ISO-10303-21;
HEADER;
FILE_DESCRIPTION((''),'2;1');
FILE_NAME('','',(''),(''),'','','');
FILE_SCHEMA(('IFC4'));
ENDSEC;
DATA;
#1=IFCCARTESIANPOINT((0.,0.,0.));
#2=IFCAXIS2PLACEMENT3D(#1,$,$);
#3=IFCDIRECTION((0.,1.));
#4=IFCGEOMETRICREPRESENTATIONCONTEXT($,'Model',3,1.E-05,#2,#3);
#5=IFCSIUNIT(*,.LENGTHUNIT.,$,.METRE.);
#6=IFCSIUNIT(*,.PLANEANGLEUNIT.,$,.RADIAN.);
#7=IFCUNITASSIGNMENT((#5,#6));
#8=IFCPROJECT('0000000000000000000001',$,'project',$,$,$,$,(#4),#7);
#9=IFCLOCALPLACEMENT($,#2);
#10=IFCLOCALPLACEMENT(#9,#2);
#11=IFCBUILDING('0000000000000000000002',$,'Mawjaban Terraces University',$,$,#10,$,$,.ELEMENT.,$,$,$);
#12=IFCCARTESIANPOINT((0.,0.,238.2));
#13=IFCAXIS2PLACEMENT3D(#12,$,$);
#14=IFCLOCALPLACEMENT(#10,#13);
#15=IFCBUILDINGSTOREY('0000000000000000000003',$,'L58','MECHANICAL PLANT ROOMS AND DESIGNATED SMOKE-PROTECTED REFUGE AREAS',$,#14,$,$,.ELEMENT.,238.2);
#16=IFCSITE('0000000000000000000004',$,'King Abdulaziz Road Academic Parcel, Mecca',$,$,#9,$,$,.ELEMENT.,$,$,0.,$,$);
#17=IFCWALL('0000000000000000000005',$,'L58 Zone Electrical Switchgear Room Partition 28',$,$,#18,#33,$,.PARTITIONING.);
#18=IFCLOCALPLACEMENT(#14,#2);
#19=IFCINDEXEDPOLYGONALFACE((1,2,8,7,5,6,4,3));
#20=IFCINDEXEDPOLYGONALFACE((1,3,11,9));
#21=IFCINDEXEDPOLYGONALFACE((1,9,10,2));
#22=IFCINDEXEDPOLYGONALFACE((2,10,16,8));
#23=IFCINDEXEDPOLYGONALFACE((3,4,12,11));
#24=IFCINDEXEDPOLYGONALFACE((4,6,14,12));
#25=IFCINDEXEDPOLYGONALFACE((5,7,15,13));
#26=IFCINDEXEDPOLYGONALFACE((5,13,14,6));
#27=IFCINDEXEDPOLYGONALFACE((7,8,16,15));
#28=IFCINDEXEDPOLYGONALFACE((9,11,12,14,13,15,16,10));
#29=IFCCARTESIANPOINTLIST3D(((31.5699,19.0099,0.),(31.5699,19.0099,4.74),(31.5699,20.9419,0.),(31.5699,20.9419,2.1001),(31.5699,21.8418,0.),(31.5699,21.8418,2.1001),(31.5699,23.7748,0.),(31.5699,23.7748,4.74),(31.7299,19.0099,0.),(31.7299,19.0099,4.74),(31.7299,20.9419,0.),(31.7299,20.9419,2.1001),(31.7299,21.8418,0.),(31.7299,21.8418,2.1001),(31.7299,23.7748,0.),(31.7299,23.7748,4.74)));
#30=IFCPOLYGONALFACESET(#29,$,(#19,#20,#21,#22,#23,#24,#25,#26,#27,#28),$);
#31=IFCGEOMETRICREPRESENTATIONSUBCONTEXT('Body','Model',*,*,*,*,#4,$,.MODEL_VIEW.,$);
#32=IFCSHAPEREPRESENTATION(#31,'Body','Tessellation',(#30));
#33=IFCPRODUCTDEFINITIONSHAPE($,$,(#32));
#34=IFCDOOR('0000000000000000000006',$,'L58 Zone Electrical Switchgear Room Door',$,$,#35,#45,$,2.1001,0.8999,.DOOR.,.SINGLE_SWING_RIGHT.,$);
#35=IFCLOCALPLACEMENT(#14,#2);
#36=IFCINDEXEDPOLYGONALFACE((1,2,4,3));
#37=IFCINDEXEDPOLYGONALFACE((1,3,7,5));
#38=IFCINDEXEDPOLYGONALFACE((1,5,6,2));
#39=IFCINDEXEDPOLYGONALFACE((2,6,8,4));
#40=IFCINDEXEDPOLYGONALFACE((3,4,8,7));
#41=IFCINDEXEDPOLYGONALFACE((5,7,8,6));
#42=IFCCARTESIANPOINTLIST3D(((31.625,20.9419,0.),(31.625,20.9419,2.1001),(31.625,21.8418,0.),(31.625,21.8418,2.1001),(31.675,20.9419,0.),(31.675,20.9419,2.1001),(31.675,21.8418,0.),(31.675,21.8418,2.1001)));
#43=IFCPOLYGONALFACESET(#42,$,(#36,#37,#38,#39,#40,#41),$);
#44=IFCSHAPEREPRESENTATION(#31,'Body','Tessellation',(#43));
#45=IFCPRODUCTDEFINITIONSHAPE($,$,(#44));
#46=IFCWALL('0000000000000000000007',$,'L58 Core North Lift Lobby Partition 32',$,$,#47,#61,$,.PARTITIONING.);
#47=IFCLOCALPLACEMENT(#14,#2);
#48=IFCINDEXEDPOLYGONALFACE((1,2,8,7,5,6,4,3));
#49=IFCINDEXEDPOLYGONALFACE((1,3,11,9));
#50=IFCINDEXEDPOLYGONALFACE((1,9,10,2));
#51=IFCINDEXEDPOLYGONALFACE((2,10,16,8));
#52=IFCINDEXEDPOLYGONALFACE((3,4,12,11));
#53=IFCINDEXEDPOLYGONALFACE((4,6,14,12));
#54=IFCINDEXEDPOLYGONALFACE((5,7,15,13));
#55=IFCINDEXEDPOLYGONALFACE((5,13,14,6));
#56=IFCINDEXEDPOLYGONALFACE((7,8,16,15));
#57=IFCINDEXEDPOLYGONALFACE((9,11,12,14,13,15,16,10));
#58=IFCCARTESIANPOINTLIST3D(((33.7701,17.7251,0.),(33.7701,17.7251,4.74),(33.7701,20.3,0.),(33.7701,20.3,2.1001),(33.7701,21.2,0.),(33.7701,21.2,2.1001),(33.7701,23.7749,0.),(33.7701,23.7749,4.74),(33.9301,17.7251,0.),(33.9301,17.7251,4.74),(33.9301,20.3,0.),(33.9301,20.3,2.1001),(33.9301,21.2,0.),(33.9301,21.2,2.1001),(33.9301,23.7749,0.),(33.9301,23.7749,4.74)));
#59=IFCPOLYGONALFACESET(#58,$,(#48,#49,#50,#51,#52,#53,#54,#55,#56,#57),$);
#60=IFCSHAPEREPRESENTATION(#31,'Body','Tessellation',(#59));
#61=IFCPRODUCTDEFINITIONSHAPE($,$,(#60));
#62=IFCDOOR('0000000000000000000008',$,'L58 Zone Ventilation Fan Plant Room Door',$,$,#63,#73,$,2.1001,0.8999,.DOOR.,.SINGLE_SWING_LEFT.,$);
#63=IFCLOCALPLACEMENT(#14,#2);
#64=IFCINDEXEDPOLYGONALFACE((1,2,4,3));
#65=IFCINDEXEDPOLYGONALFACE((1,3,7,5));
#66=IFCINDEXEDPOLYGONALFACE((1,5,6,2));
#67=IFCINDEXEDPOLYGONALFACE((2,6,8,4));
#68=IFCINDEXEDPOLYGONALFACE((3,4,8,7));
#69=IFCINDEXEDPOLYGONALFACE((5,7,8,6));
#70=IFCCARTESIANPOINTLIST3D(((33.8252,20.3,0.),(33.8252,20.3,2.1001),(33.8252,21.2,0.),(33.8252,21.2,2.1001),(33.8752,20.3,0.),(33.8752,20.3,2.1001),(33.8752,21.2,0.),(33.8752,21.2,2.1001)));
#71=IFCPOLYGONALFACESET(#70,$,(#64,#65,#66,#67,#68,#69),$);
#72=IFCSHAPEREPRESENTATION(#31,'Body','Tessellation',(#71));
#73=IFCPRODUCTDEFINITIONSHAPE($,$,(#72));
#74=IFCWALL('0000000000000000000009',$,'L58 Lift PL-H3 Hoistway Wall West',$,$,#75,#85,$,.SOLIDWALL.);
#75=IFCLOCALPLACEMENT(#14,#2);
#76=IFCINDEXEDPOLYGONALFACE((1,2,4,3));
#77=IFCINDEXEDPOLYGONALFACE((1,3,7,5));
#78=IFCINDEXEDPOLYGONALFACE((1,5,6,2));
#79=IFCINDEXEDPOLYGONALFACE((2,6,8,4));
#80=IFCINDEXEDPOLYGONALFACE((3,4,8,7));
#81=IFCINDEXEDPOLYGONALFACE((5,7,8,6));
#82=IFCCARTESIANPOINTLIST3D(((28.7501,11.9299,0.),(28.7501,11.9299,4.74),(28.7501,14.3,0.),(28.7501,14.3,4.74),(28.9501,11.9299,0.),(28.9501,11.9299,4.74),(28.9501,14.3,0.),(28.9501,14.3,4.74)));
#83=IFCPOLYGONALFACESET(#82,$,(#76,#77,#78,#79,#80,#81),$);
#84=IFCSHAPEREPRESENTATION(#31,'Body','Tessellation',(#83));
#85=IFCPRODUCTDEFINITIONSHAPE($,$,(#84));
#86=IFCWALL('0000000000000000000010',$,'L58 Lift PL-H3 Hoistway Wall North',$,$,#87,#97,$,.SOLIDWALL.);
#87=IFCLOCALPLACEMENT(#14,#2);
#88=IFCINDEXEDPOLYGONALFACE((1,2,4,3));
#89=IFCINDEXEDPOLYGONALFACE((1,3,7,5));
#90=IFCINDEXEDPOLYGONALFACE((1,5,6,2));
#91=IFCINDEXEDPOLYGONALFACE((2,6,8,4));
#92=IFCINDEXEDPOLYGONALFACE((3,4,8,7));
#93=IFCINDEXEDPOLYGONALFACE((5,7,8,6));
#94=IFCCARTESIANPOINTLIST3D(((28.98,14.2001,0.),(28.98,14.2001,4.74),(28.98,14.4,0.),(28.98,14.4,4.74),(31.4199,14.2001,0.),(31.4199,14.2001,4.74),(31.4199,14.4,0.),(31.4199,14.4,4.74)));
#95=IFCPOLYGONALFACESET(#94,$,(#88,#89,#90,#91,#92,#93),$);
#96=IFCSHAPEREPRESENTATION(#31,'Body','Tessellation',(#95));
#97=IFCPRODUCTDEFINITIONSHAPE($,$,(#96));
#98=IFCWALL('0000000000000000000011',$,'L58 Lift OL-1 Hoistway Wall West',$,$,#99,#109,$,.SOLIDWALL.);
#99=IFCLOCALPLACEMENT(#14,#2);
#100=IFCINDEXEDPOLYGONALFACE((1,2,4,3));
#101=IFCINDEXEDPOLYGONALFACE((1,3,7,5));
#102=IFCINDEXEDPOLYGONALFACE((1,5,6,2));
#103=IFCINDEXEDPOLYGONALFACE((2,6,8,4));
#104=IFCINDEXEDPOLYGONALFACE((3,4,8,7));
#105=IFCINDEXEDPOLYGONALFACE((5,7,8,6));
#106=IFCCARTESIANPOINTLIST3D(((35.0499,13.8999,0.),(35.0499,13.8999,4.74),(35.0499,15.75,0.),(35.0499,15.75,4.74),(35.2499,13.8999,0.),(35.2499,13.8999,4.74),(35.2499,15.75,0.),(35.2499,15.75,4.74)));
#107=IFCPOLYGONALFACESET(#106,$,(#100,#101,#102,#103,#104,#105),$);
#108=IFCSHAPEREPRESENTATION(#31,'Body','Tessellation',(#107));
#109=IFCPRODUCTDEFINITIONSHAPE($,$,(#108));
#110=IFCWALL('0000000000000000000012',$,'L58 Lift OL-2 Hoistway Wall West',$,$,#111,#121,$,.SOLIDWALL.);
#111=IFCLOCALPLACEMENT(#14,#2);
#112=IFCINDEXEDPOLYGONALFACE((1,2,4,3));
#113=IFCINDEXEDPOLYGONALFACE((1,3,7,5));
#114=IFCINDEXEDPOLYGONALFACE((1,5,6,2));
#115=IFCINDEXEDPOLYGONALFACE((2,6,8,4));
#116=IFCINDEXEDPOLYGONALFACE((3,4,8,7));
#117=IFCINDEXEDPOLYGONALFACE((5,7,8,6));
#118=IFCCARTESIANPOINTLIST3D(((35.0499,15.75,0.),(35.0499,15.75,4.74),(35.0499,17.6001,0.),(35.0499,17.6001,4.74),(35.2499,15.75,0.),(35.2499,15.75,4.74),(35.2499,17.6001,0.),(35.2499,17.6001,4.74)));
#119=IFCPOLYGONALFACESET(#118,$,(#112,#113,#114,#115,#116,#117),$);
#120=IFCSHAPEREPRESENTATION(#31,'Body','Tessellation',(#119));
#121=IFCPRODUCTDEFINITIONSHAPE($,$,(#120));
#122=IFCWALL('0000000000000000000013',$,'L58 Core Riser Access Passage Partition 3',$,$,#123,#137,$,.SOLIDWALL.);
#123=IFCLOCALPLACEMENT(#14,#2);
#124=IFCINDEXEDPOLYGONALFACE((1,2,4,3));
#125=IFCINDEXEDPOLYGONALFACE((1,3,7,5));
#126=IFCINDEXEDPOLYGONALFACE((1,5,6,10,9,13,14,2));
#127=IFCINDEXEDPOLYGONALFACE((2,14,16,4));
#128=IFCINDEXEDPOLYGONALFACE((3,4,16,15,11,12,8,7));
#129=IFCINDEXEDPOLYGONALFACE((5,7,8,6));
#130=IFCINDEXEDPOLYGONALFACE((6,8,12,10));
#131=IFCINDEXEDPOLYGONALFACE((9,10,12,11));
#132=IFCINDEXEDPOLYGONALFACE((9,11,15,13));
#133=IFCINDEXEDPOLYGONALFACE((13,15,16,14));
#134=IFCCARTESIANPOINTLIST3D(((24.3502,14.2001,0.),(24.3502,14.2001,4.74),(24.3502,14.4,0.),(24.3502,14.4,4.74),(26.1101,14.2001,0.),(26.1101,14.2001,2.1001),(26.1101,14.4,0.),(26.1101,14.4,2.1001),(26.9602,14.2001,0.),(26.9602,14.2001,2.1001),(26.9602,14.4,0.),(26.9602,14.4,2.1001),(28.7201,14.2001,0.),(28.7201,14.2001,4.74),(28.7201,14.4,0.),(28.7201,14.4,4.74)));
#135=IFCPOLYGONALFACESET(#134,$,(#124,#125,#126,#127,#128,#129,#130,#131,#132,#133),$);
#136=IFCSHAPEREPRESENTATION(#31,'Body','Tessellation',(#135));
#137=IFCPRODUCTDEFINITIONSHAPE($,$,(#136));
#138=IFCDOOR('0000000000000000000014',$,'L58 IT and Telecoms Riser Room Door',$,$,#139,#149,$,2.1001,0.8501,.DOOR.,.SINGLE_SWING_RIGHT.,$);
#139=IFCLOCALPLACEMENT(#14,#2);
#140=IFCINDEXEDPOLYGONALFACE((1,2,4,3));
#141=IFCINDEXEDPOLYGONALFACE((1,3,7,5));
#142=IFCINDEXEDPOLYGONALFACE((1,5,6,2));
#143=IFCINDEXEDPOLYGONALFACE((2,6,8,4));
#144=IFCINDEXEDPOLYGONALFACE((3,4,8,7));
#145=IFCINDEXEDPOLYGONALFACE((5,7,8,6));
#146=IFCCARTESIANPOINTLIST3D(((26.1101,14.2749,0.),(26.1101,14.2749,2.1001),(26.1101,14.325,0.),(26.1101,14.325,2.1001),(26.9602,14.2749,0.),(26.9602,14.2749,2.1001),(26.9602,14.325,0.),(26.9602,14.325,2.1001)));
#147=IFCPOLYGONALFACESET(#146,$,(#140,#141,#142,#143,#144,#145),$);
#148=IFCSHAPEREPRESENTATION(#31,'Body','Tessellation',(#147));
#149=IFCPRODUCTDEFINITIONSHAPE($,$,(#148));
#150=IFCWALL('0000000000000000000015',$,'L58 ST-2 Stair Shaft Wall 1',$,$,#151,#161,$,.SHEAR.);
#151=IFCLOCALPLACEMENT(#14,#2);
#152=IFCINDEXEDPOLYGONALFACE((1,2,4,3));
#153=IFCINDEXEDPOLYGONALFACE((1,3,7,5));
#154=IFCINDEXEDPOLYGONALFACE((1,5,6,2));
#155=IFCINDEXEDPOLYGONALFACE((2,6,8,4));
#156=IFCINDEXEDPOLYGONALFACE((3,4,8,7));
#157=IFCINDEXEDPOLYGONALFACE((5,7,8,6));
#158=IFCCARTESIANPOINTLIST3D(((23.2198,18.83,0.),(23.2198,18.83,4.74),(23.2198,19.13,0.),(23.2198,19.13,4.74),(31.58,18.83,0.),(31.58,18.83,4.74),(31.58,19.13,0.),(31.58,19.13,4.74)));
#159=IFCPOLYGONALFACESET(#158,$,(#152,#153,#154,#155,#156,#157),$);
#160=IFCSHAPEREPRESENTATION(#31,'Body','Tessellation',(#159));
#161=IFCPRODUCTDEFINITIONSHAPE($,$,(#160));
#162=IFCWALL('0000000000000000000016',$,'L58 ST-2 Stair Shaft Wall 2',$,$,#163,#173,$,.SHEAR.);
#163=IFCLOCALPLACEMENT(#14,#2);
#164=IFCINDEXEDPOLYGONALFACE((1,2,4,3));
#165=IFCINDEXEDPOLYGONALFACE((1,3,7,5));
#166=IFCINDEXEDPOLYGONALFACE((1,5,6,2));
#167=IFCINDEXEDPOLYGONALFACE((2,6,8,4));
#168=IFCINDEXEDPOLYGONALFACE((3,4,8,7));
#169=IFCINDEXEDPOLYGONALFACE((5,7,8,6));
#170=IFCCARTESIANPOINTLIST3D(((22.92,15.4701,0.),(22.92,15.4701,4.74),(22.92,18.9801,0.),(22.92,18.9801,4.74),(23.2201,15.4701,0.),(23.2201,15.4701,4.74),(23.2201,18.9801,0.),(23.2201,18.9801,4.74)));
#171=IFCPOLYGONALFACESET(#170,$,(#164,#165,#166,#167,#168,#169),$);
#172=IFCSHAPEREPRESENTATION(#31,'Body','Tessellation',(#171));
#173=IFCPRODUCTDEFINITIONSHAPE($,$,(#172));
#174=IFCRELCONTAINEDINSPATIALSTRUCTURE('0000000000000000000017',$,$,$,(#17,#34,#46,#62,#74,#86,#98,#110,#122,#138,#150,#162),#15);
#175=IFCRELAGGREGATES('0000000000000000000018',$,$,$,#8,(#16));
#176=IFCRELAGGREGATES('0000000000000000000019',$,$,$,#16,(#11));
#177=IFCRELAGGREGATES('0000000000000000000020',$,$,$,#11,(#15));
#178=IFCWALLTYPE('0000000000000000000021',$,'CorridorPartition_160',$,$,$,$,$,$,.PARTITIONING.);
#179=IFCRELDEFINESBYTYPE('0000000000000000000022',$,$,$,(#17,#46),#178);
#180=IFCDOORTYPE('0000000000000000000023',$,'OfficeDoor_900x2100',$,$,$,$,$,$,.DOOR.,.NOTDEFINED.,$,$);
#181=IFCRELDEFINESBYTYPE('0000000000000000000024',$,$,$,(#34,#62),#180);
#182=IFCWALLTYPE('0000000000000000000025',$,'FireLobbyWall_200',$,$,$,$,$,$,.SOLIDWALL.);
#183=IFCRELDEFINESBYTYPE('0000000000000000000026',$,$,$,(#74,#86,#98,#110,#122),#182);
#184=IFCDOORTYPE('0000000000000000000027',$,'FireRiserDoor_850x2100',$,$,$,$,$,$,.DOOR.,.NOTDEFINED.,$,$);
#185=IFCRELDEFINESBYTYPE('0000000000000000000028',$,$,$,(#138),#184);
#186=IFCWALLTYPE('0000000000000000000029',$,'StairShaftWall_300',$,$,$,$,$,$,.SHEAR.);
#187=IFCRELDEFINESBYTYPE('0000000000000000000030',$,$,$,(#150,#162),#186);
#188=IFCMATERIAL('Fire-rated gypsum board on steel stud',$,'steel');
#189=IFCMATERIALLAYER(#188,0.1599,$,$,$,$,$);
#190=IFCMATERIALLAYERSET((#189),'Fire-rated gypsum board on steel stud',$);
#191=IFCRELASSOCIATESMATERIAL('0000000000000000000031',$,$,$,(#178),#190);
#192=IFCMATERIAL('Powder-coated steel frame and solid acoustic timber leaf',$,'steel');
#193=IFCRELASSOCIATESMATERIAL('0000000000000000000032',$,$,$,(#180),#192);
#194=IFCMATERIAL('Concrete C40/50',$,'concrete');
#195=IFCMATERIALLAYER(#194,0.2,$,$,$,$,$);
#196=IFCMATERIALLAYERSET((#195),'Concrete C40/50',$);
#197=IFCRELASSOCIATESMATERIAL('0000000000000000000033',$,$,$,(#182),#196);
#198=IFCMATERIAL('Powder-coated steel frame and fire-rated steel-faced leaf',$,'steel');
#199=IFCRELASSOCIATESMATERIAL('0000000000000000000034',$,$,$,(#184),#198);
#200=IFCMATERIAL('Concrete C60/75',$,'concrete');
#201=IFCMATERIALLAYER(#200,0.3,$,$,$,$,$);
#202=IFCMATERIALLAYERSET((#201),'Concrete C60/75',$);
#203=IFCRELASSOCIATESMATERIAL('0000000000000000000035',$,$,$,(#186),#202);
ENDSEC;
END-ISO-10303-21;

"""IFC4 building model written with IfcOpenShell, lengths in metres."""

from ifc_helpers import new_model, si_unit, direction, frame, frame_2d, origin, place, context, subcontext, project, spatial, rectangle, extrude, material, layer, layer_set, type_object, element, fill, save


model = new_model("IFC4")

# Units and contexts
model_context = context("Model", 3, precision=1e-05, world=origin(), true_north=direction((0.0, 1.0)))
body_context = subcontext(model_context, "Body", "Model", "MODEL_VIEW")
ifc_project = project(units=[si_unit("LENGTHUNIT", "METRE"), si_unit("PLANEANGLEUNIT", "RADIAN")], contexts=[model_context])

# Site, building, storey
site_placement = place(None, origin())
site = spatial("IfcSite", under=ifc_project, at=site_placement, Name="King Abdulaziz Road Academic Parcel, Mecca", CompositionType="ELEMENT", RefElevation=0.0)
building_placement = place(site_placement, origin())
building = spatial("IfcBuilding", under=site, at=building_placement, Name="Mawjaban Terraces University", CompositionType="ELEMENT")
storey_placement = place(building_placement, frame((0.0, 0.0, 238.2)))
storey = spatial("IfcBuildingStorey", under=building, at=storey_placement, Name="L58", Description="MECHANICAL PLANT ROOMS AND DESIGNATED SMOKE-PROTECTED REFUGE AREAS", CompositionType="ELEMENT", Elevation=238.2)

# Shared definitions
ifc_material_1 = material(Name="Concrete C60/75", Category="concrete")

# Shared definitions
ifc_material_2 = material(Name="Fire-rated gypsum board on steel stud", Category="steel")
ifc_layer_1 = layer(ifc_material_2, 0.1599)
ifc_layer_set_1 = layer_set([ifc_layer_1], Name="Fire-rated gypsum board on steel stud")
wall_type_1 = type_object("IfcWallType", Name="CorridorPartition_160", PredefinedType="PARTITIONING", material=ifc_layer_set_1)

# Walls, openings, doors
wall_1_placement = place(storey_placement, frame((31.6499, 19.01, 0.0), z_axis=(0.0, 0.0, 1.0), x_axis=(0.0, 1.0, 0.0)))
wall_1 = element("IfcWall", 1, at=wall_1_placement, inside=storey, type_object=wall_type_1, Name="L58 Zone Electrical Switchgear Room Partition 28", PredefinedType="PARTITIONING", context=body_context, shape_type="SweptSolid", body=[
    extrude(rectangle(XDim=4.7649, YDim=0.1599, at=frame_2d((2.3823, 0.0))), origin(), (0.0, 0.0, 1.0), 4.74),
])
opening_1_placement = place(wall_1_placement, frame((1.9319, 0.0, 0.0)))
opening_1 = element("IfcOpeningElement", 2, at=opening_1_placement, cuts=wall_1, PredefinedType="OPENING", context=body_context, shape_type="SweptSolid", body=[
    extrude(rectangle(XDim=0.8999, YDim=2.1001, at=frame_2d((0.45, 1.05))), frame((0.0, 0.0898, 0.0), z_axis=(0.0, -1.0, 0.0), x_axis=(1.0, 0.0, 0.0)), (0.0, 0.0, 1.0), 0.1799),
])
ifc_material_3 = material(Name="Powder-coated steel frame and solid acoustic timber leaf", Category="steel")
door_type_1 = type_object("IfcDoorType", Name="OfficeDoor_900x2100", OperationType="NOTDEFINED", PredefinedType="DOOR", material=ifc_material_3)
door_1_placement = place(opening_1_placement, origin())
door_1 = element("IfcDoor", 3, at=door_1_placement, inside=storey, type_object=door_type_1, Name="L58 Zone Electrical Switchgear Room Door", OperationType="SINGLE_SWING_RIGHT", OverallHeight=2.1001, OverallWidth=0.8999, PredefinedType="DOOR", context=body_context, shape_type="SweptSolid", body=[
    extrude(rectangle(XDim=0.8999, YDim=2.1001, at=frame_2d((0.45, 1.05))), frame((0.0, 0.0249, 0.0), z_axis=(0.0, -1.0, 0.0), x_axis=(1.0, 0.0, 0.0)), (0.0, 0.0, 1.0), 0.05),
])
fill(opening_1, door_1)
wall_2_placement = place(storey_placement, frame((33.8501, 17.7251, 0.0), z_axis=(0.0, 0.0, 1.0), x_axis=(0.0, 1.0, 0.0)))
wall_2 = element("IfcWall", 4, at=wall_2_placement, inside=storey, type_object=wall_type_1, Name="L58 Core North Lift Lobby Partition 32", PredefinedType="PARTITIONING", context=body_context, shape_type="SweptSolid", body=[
    extrude(rectangle(XDim=6.0498, YDim=0.1599, at=frame_2d((3.0249, 0.0))), origin(), (0.0, 0.0, 1.0), 4.74),
])
opening_2_placement = place(wall_2_placement, frame((2.575, 0.0, 0.0)))
opening_2 = element("IfcOpeningElement", 5, at=opening_2_placement, cuts=wall_2, PredefinedType="OPENING", context=body_context, shape_type="SweptSolid", body=[
    extrude(rectangle(XDim=0.8999, YDim=2.1001, at=frame_2d((0.45, 1.05))), frame((0.0, 0.0898, 0.0), z_axis=(0.0, -1.0, 0.0), x_axis=(1.0, 0.0, 0.0)), (0.0, 0.0, 1.0), 0.1799),
])
door_2_placement = place(opening_2_placement, origin())
door_2 = element("IfcDoor", 6, at=door_2_placement, inside=storey, type_object=door_type_1, Name="L58 Zone Ventilation Fan Plant Room Door", OperationType="SINGLE_SWING_LEFT", OverallHeight=2.1001, OverallWidth=0.8999, PredefinedType="DOOR", context=body_context, shape_type="SweptSolid", body=[
    extrude(rectangle(XDim=0.8999, YDim=2.1001, at=frame_2d((0.45, 1.05))), frame((0.0, 0.0249, 0.0), z_axis=(0.0, -1.0, 0.0), x_axis=(1.0, 0.0, 0.0)), (0.0, 0.0, 1.0), 0.05),
])
fill(opening_2, door_2)

# Walls
ifc_material_4 = material(Name="Concrete C40/50", Category="concrete")
ifc_layer_2 = layer(ifc_material_4, 0.2)
ifc_layer_set_2 = layer_set([ifc_layer_2], Name="Concrete C40/50")
wall_type_2 = type_object("IfcWallType", Name="FireLobbyWall_200", PredefinedType="SOLIDWALL", material=ifc_layer_set_2)
wall_3_placement = place(storey_placement, frame((28.8501, 14.3, 0.0), z_axis=(0.0, 0.0, 1.0), x_axis=(0.0, -1.0, 0.0)))
element("IfcWall", 7, at=wall_3_placement, inside=storey, type_object=wall_type_2, Name="L58 Lift PL-H3 Hoistway Wall West", PredefinedType="SOLIDWALL", context=body_context, shape_type="SweptSolid", body=[
    extrude(rectangle(XDim=2.3701, YDim=0.2, at=frame_2d((1.1851, 0.0))), origin(), (0.0, 0.0, 1.0), 4.74),
])
wall_4_placement = place(storey_placement, frame((31.4199, 14.3, 0.0), z_axis=(0.0, 0.0, 1.0), x_axis=(-1.0, 0.0, 0.0)))
element("IfcWall", 8, at=wall_4_placement, inside=storey, type_object=wall_type_2, Name="L58 Lift PL-H3 Hoistway Wall North", PredefinedType="SOLIDWALL", context=body_context, shape_type="SweptSolid", body=[
    extrude(rectangle(XDim=2.4399, YDim=0.2, at=frame_2d((1.22, 0.0))), origin(), (0.0, 0.0, 1.0), 4.74),
])
for number, where, z_axis, x_axis, name in (
    (9, (35.1499, 15.75, 0.0), (0.0, 0.0, 1.0), (0.0, -1.0, 0.0), "L58 Lift OL-1 Hoistway Wall West"),
    (10, (35.1499, 17.6001, 0.0), (0.0, 0.0, 1.0), (0.0, -1.0, 0.0), "L58 Lift OL-2 Hoistway Wall West"),
):
    element("IfcWall", number, at=place(storey_placement, frame(where, z_axis=z_axis, x_axis=x_axis)), inside=storey, type_object=wall_type_2, Name=name, PredefinedType="SOLIDWALL", context=body_context, shape_type="SweptSolid", body=[
        extrude(rectangle(XDim=1.8501, YDim=0.2, at=frame_2d((0.925, 0.0))), origin(), (0.0, 0.0, 1.0), 4.74),
    ])

# Wall, opening, door
wall_5_placement = place(storey_placement, frame((24.3501, 14.3, 0.0), z_axis=(0.0, 0.0, 1.0), x_axis=(1.0, 0.0, 0.0)))
wall_5 = element("IfcWall", 11, at=wall_5_placement, inside=storey, type_object=wall_type_2, Name="L58 Core Riser Access Passage Partition 3", PredefinedType="SOLIDWALL", context=body_context, shape_type="SweptSolid", body=[
    extrude(rectangle(XDim=4.3699, YDim=0.2, at=frame_2d((2.1851, 0.0))), origin(), (0.0, 0.0, 1.0), 4.74),
])
opening_3_placement = place(wall_5_placement, frame((1.76, 0.0, 0.0)))
opening_3 = element("IfcOpeningElement", 12, at=opening_3_placement, cuts=wall_5, PredefinedType="OPENING", context=body_context, shape_type="SweptSolid", body=[
    extrude(rectangle(XDim=0.8501, YDim=2.1001, at=frame_2d((0.425, 1.05))), frame((0.0, 0.1099, 0.0), z_axis=(0.0, -1.0, 0.0), x_axis=(1.0, 0.0, 0.0)), (0.0, 0.0, 1.0), 0.22),
])
ifc_material_5 = material(Name="Powder-coated steel frame and fire-rated steel-faced leaf", Category="steel")
door_type_2 = type_object("IfcDoorType", Name="FireRiserDoor_850x2100", OperationType="NOTDEFINED", PredefinedType="DOOR", material=ifc_material_5)
door_3_placement = place(opening_3_placement, origin())
door_3 = element("IfcDoor", 13, at=door_3_placement, inside=storey, type_object=door_type_2, Name="L58 IT and Telecoms Riser Room Door", OperationType="SINGLE_SWING_RIGHT", OverallHeight=2.1001, OverallWidth=0.8501, PredefinedType="DOOR", context=body_context, shape_type="SweptSolid", body=[
    extrude(rectangle(XDim=0.8501, YDim=2.1001, at=frame_2d((0.425, 1.05))), frame((0.0, 0.0249, 0.0), z_axis=(0.0, -1.0, 0.0), x_axis=(1.0, 0.0, 0.0)), (0.0, 0.0, 1.0), 0.05),
])
fill(opening_3, door_3)

# Walls
ifc_layer_3 = layer(ifc_material_1, 0.3)
ifc_layer_set_3 = layer_set([ifc_layer_3], Name="Concrete C60/75")
wall_type_3 = type_object("IfcWallType", Name="StairShaftWall_300", PredefinedType="SHEAR", material=ifc_layer_set_3)
wall_6_placement = place(storey_placement, frame((31.5801, 18.98, 0.0), z_axis=(0.0, 0.0, 1.0), x_axis=(-1.0, 0.0, 0.0)))
element("IfcWall", 14, at=wall_6_placement, inside=storey, type_object=wall_type_3, Name="L58 ST-2 Stair Shaft Wall 1", PredefinedType="SHEAR", context=body_context, shape_type="SweptSolid", body=[
    extrude(rectangle(XDim=8.3601, YDim=0.3, at=frame_2d((4.1802, 0.0))), origin(), (0.0, 0.0, 1.0), 4.74),
])
wall_7_placement = place(storey_placement, frame((23.0701, 18.98, 0.0), z_axis=(0.0, 0.0, 1.0), x_axis=(0.0, -1.0, 0.0)))
element("IfcWall", 15, at=wall_7_placement, inside=storey, type_object=wall_type_3, Name="L58 ST-2 Stair Shaft Wall 2", PredefinedType="SHEAR", context=body_context, shape_type="SweptSolid", body=[
    extrude(rectangle(XDim=3.51, YDim=0.3, at=frame_2d((1.7549, 0.0))), origin(), (0.0, 0.0, 1.0), 4.74),
])

save(model, "model.ifc")
